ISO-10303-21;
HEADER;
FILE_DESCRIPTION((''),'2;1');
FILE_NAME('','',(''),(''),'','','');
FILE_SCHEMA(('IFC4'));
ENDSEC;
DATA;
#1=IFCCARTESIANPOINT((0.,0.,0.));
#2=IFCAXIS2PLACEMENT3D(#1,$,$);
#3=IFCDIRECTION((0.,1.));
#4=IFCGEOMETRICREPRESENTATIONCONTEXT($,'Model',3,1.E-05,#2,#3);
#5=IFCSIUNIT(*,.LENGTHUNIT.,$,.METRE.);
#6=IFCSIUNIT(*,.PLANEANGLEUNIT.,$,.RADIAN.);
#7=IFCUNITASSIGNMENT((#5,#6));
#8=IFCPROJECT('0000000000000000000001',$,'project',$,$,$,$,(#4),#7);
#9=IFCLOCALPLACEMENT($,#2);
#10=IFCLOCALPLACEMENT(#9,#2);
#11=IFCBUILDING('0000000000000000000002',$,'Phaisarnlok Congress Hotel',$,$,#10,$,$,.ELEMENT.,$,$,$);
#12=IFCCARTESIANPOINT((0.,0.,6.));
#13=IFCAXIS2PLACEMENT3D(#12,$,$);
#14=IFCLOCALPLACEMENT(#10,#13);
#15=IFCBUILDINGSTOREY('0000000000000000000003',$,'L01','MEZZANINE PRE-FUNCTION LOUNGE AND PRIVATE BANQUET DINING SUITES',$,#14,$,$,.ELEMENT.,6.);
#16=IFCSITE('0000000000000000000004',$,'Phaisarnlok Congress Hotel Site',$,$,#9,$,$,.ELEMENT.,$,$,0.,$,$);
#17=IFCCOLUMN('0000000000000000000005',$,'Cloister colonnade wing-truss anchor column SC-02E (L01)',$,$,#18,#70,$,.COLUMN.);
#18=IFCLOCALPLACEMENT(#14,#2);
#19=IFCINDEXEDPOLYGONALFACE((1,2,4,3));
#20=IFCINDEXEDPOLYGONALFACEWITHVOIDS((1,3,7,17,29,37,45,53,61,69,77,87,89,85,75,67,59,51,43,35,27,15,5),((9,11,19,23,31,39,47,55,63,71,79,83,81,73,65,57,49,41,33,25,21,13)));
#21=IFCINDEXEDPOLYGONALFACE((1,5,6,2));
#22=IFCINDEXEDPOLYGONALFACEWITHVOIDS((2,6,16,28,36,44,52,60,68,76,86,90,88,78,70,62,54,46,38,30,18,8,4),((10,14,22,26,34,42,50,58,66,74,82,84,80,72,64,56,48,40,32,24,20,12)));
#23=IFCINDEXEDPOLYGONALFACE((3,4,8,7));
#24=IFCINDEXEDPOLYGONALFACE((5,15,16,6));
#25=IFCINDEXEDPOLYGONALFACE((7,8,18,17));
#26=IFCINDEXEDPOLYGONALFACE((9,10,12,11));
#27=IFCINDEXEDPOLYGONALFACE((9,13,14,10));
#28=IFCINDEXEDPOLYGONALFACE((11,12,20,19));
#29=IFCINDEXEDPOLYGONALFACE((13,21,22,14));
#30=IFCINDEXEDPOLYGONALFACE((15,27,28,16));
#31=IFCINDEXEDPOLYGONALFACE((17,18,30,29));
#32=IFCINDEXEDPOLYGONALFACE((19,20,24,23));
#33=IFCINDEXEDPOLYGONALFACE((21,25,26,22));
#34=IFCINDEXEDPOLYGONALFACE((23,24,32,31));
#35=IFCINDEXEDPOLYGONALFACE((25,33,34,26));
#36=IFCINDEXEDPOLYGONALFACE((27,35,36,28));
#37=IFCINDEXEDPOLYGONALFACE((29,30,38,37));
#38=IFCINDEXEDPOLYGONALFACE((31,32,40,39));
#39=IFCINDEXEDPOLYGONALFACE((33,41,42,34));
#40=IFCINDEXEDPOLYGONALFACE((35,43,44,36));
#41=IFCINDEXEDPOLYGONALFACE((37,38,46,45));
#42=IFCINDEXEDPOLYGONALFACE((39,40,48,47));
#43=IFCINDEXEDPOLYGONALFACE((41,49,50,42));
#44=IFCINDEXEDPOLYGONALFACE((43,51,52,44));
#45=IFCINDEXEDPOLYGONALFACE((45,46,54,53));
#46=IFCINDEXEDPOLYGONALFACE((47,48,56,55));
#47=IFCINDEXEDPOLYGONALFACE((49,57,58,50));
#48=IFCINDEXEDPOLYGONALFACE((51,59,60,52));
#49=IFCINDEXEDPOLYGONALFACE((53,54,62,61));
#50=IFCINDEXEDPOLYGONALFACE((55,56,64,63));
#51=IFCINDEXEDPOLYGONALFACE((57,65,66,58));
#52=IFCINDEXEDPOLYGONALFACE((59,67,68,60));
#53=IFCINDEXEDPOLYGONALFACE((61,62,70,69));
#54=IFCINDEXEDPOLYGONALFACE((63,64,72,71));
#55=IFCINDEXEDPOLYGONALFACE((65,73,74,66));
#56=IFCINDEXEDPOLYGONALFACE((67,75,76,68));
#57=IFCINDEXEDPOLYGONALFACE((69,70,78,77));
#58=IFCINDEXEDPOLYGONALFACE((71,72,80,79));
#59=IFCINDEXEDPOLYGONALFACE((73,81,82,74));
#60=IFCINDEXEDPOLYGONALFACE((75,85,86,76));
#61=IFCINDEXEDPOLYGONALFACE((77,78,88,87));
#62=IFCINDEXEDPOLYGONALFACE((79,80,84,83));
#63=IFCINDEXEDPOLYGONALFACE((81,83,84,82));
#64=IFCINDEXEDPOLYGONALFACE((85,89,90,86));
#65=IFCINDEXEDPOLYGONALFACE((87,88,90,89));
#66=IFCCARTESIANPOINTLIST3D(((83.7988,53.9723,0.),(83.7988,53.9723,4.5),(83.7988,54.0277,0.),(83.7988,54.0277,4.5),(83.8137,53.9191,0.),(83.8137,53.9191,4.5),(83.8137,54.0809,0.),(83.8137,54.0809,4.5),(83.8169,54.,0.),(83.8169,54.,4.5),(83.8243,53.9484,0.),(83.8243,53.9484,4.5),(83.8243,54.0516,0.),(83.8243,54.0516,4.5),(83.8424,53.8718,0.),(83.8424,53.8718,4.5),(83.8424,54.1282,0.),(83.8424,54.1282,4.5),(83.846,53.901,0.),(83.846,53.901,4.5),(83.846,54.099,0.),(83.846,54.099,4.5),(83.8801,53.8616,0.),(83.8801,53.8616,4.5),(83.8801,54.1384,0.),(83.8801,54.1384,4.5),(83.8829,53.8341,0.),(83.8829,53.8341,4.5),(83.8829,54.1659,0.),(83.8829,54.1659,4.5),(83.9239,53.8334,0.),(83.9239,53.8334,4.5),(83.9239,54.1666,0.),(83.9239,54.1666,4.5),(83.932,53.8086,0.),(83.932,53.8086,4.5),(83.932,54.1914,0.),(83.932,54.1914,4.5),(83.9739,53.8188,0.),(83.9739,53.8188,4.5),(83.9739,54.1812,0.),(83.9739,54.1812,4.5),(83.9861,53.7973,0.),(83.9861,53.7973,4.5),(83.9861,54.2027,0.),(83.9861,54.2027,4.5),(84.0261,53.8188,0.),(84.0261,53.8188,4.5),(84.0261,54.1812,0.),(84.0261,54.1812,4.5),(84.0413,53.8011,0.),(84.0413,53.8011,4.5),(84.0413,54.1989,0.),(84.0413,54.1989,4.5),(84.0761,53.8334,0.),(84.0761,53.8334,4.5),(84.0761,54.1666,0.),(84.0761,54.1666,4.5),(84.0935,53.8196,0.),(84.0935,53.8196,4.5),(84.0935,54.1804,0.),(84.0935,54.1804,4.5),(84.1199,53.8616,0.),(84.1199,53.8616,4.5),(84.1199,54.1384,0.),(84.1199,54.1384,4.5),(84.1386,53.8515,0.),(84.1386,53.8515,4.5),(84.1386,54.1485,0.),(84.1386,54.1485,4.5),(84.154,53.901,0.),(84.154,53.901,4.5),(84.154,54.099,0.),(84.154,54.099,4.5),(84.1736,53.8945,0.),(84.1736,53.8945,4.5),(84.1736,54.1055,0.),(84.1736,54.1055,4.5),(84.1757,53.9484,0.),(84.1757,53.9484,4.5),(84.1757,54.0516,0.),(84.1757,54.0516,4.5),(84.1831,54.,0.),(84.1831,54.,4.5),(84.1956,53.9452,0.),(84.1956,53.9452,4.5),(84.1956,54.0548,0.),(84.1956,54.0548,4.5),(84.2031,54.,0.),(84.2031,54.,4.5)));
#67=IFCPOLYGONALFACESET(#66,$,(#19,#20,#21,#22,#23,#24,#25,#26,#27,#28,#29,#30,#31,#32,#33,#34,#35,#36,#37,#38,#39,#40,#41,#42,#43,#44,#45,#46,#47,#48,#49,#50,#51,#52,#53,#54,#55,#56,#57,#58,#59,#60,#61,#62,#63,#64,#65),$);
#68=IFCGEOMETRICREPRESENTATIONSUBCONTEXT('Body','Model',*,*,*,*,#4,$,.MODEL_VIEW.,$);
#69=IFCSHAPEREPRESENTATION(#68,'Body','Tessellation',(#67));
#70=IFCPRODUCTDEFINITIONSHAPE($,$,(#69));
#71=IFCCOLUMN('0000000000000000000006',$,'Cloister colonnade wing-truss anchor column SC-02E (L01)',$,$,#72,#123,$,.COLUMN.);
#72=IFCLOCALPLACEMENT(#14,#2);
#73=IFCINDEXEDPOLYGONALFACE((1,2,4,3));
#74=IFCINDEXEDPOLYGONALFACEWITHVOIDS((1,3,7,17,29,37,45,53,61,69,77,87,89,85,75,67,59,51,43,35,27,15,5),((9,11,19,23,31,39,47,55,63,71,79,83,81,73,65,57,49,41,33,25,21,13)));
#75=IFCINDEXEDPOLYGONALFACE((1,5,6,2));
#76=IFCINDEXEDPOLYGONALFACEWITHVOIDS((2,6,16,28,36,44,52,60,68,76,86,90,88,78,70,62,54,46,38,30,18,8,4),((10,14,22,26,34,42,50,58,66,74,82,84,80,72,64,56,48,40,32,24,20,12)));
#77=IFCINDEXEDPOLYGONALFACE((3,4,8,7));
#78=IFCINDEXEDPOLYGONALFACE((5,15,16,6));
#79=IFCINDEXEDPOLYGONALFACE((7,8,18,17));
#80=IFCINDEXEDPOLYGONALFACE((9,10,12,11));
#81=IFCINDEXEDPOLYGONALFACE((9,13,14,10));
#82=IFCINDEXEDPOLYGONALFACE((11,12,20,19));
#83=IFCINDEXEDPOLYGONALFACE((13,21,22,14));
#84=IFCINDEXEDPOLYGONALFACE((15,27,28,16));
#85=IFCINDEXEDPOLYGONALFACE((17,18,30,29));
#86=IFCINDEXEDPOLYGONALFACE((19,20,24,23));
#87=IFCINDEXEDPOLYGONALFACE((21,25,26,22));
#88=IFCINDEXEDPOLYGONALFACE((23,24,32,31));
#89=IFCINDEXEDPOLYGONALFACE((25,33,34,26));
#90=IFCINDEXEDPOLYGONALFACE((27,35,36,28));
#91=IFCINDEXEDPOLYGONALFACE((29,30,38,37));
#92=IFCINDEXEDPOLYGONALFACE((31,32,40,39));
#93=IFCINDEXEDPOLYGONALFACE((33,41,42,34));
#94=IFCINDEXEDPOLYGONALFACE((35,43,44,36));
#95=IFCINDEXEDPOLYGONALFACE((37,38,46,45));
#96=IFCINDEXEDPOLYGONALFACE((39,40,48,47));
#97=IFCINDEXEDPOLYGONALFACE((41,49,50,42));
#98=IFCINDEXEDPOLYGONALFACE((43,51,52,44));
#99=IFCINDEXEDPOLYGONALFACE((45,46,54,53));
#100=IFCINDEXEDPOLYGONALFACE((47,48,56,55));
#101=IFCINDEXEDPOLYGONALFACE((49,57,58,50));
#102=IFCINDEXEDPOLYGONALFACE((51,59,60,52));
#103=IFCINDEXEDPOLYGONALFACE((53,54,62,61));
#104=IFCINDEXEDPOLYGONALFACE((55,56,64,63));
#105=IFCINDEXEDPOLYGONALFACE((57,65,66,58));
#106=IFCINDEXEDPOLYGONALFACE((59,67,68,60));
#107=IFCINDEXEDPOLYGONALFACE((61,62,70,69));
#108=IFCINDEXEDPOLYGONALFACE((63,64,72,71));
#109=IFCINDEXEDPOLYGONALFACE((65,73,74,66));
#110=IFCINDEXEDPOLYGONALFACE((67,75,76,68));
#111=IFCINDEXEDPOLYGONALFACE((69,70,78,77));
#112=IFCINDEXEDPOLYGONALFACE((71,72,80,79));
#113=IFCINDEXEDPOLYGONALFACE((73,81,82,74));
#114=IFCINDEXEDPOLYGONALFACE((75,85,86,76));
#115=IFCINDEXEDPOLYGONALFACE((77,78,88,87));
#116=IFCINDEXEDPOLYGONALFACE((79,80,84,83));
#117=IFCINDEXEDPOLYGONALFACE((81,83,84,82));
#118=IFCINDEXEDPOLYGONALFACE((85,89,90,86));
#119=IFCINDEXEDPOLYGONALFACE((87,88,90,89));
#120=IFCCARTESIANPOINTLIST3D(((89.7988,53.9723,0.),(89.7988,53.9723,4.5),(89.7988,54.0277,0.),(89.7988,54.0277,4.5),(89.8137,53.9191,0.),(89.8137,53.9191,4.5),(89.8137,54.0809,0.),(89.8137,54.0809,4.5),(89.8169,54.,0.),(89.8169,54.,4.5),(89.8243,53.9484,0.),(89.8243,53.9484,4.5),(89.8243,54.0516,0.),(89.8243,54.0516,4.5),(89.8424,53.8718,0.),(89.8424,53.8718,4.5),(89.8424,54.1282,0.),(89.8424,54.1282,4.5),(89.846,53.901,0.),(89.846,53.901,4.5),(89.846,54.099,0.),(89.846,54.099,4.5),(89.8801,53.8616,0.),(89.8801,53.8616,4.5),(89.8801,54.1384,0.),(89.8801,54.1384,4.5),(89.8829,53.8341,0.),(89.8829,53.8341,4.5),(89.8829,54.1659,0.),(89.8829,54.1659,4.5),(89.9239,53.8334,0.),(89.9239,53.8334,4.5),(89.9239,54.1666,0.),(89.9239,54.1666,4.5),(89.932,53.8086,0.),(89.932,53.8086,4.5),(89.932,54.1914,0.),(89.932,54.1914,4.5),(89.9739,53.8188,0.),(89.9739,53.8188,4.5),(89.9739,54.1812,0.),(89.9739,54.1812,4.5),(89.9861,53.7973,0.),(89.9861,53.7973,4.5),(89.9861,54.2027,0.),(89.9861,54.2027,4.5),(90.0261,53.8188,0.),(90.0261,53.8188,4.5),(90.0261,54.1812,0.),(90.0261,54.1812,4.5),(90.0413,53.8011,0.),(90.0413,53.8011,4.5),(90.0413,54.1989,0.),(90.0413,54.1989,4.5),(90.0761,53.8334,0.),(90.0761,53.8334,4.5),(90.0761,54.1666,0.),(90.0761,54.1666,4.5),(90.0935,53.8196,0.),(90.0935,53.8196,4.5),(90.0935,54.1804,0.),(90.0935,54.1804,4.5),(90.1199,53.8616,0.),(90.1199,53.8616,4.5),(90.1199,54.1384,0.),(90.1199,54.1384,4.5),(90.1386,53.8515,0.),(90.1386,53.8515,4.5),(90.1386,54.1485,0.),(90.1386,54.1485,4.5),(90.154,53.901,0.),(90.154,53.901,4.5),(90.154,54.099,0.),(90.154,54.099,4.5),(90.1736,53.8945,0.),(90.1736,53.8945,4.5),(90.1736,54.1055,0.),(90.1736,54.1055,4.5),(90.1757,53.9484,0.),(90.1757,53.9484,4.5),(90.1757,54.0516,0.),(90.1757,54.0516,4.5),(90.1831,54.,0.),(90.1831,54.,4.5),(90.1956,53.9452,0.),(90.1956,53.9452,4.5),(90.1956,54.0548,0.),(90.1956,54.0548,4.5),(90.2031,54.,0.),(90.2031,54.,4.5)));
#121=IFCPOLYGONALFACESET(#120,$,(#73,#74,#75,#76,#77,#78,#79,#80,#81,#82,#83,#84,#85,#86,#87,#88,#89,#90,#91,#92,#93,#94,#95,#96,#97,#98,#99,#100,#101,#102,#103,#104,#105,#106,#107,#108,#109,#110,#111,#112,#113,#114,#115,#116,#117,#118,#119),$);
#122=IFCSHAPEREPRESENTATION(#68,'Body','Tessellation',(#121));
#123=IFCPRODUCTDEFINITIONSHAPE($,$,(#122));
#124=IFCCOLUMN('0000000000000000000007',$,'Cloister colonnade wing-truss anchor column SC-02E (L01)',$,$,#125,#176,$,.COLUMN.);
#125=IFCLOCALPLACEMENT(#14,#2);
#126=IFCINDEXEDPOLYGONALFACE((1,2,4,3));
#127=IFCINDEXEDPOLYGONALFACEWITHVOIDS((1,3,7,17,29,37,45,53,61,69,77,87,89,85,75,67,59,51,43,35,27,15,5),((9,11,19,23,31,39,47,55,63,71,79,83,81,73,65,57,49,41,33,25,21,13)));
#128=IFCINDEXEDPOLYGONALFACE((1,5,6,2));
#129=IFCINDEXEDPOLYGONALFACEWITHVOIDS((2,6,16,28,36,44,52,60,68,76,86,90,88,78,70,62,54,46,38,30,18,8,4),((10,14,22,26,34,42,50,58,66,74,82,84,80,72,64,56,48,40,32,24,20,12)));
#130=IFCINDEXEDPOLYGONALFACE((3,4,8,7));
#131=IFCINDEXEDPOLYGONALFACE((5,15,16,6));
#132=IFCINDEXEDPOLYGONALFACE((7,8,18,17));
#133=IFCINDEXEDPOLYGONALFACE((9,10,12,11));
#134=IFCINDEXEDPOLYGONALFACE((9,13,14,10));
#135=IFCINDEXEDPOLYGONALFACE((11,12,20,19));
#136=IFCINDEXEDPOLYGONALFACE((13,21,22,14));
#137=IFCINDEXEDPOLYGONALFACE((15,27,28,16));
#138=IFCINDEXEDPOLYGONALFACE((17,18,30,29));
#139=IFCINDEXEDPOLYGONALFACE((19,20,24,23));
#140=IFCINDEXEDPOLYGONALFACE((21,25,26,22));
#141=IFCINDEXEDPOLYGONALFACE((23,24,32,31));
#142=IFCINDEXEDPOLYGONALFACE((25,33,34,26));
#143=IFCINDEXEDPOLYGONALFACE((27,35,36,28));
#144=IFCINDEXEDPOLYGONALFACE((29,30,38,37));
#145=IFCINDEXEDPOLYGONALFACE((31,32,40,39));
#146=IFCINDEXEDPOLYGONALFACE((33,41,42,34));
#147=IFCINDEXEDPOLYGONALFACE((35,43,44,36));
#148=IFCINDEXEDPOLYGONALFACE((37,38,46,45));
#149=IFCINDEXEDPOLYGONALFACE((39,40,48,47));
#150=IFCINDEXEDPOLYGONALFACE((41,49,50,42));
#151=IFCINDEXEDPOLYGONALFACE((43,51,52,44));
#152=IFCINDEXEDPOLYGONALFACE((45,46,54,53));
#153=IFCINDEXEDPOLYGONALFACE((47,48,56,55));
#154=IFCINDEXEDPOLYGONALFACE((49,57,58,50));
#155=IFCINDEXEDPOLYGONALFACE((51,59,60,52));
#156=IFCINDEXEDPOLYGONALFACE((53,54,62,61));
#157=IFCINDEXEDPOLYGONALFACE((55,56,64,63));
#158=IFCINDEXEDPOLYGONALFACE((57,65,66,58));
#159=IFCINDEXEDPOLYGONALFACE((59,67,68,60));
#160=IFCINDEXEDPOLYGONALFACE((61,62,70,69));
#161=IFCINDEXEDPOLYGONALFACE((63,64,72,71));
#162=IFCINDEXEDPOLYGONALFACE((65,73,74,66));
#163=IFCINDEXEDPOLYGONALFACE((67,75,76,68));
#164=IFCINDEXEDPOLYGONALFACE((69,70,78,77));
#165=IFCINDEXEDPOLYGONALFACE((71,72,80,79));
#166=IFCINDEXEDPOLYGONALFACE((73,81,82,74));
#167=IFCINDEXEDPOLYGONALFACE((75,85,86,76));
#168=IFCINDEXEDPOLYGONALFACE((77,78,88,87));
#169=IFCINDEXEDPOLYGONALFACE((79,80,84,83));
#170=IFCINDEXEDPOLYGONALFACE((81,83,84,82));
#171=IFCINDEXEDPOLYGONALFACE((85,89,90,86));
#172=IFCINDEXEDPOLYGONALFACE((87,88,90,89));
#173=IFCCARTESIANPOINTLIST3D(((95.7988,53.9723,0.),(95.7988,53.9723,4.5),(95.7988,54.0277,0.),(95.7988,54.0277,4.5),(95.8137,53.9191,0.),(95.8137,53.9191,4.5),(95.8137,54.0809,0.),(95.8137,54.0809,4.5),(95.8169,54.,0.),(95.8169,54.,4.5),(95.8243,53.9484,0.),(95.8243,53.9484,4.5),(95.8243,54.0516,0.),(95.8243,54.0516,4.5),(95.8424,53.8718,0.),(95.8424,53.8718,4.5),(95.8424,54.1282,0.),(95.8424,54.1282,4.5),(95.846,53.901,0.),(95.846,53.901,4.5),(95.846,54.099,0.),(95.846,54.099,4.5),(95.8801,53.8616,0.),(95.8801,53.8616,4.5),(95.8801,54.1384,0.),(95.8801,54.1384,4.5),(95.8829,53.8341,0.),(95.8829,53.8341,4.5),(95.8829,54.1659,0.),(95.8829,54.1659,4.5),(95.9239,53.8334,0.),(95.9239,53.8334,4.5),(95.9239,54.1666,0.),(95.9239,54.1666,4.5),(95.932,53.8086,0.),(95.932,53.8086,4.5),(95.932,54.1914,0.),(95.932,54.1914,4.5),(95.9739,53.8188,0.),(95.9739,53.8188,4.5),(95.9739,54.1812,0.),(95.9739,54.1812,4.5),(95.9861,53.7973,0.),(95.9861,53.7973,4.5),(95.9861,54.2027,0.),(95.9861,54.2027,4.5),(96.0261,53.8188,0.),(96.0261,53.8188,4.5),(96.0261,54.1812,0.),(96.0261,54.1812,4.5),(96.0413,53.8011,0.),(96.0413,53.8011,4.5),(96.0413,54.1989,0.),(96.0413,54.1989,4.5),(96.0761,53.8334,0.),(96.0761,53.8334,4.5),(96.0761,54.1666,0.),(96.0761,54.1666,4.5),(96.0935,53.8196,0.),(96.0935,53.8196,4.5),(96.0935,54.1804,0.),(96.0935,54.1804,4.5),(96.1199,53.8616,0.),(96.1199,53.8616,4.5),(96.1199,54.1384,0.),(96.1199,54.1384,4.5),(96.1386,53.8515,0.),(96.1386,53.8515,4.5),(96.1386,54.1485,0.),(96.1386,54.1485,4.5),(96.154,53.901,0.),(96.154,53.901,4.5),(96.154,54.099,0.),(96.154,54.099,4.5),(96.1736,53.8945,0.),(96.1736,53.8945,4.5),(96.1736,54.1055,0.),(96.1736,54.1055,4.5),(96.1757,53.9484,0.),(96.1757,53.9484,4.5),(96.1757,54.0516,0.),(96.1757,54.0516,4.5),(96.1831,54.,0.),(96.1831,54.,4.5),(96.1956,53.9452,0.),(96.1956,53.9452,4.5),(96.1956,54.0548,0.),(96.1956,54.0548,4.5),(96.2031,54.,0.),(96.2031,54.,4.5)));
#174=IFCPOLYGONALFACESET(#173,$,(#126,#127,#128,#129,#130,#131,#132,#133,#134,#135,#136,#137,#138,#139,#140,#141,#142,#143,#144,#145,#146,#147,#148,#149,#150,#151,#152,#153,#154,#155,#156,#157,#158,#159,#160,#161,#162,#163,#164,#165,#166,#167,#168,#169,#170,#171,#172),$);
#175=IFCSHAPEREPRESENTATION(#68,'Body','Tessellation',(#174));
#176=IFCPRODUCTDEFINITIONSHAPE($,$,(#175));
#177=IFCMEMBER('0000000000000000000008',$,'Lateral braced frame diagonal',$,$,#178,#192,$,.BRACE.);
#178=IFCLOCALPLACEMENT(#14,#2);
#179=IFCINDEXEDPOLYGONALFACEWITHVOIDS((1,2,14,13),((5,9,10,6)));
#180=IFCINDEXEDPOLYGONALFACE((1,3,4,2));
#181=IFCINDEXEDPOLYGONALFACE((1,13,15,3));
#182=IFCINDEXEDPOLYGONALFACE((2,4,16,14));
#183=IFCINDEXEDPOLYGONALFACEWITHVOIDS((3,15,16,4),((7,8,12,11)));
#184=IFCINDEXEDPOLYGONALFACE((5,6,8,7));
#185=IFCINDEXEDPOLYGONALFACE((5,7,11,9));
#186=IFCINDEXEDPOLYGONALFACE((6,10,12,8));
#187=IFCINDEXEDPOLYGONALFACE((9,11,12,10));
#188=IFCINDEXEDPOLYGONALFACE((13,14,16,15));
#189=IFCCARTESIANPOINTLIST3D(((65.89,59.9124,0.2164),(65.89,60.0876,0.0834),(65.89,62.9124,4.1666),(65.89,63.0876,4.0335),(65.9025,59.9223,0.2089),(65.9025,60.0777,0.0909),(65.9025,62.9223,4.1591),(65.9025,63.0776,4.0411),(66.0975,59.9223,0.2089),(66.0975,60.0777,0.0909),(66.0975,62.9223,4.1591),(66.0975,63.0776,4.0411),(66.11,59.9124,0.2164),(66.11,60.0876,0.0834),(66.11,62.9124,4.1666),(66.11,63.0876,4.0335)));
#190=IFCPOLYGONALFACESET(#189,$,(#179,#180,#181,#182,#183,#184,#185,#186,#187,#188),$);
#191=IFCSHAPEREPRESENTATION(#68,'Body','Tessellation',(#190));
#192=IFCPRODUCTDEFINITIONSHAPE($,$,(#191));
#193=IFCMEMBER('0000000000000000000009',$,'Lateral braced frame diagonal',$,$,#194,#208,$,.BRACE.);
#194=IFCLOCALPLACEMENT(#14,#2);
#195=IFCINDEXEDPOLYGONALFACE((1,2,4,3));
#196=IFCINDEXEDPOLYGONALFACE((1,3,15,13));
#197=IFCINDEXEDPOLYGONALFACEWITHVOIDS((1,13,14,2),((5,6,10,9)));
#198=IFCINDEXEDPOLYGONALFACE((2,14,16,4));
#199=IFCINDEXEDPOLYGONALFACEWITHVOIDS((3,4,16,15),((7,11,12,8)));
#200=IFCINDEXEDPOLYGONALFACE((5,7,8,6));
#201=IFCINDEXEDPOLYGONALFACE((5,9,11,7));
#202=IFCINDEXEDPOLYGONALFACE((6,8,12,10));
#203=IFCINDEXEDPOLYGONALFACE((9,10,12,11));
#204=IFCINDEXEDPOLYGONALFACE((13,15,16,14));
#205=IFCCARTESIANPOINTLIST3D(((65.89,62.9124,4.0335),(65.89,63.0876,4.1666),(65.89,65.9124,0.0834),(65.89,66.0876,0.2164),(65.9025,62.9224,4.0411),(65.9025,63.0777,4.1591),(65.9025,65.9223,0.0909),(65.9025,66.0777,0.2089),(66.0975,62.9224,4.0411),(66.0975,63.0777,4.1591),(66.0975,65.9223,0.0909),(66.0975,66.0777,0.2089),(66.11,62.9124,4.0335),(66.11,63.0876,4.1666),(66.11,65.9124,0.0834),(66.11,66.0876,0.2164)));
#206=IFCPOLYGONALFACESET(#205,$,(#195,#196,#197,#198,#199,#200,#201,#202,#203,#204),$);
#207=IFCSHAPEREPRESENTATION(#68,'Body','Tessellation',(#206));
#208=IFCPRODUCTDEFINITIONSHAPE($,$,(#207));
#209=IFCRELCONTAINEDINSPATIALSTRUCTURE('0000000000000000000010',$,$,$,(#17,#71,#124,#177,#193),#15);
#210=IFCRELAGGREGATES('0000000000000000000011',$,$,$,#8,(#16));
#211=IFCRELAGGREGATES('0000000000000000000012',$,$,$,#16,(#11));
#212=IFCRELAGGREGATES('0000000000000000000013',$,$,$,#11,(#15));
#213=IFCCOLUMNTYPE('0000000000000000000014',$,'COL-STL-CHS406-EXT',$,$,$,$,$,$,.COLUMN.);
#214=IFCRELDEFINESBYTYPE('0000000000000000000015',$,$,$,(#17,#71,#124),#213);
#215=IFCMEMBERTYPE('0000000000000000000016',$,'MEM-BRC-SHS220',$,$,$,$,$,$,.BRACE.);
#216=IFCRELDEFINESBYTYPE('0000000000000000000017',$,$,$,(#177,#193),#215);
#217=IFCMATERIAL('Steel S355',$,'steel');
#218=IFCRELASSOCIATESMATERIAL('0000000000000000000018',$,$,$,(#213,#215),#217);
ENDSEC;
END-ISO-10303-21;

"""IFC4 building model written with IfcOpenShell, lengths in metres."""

from ifc_helpers import new_model, si_unit, direction, frame, origin, origin_2d, place, context, subcontext, project, spatial, hollow_rectangle, hollow_circle, extrude, material, material_profile, profile_set, type_object, element, save


model = new_model("IFC4")

# Units and contexts
model_context = context("Model", 3, precision=1e-05, world=origin(), true_north=direction((0.0, 1.0)))
body_context = subcontext(model_context, "Body", "Model", "MODEL_VIEW")
ifc_project = project(units=[si_unit("LENGTHUNIT", "METRE"), si_unit("PLANEANGLEUNIT", "RADIAN")], contexts=[model_context])

# Site, building, storey
site_placement = place(None, origin())
site = spatial("IfcSite", under=ifc_project, at=site_placement, Name="Phaisarnlok Congress Hotel Site", CompositionType="ELEMENT", RefElevation=0.0)
building_placement = place(site_placement, origin())
building = spatial("IfcBuilding", under=site, at=building_placement, Name="Phaisarnlok Congress Hotel", CompositionType="ELEMENT")
storey_placement = place(building_placement, frame((0.0, 0.0, 6.0)))
storey = spatial("IfcBuildingStorey", under=building, at=storey_placement, Name="L01", Description="MEZZANINE PRE-FUNCTION LOUNGE AND PRIVATE BANQUET DINING SUITES", CompositionType="ELEMENT", Elevation=6.0)

# Columns
ifc_material_1 = material(Name="Steel S355", Category="steel")
ifc_material_profile_1 = material_profile(ifc_material_1, hollow_circle(Radius=0.2031, WallThickness=0.02, at=origin_2d()), Name="CHS 406.4x20")
ifc_profile_set_1 = profile_set([ifc_material_profile_1], Name="Steel S355")
column_type_1 = type_object("IfcColumnType", Name="COL-STL-CHS406-EXT", PredefinedType="COLUMN", material=ifc_profile_set_1)
for number, where, z_axis, x_axis, name in (
    (1, (84.0, 54.0, 0.0), (0.0, 0.0, 1.0), (1.0, 0.0, 0.0), "Cloister colonnade wing-truss anchor column SC-02E (L01)"),
    (2, (90.0, 54.0, 0.0), (0.0, 0.0, 1.0), (1.0, 0.0, 0.0), "Cloister colonnade wing-truss anchor column SC-02E (L01)"),
    (3, (96.0, 54.0, 0.0), (0.0, 0.0, 1.0), (1.0, 0.0, 0.0), "Cloister colonnade wing-truss anchor column SC-02E (L01)"),
):
    element("IfcColumn", number, at=place(storey_placement, frame(where, z_axis=z_axis, x_axis=x_axis)), inside=storey, type_object=column_type_1, Name=name, PredefinedType="COLUMN", context=body_context, shape_type="SweptSolid", body=[
        extrude(hollow_circle(Radius=0.2031, WallThickness=0.02, at=origin_2d()), origin(), (0.0, 0.0, 1.0), 4.5),
    ])

# Members
ifc_material_profile_2 = material_profile(ifc_material_1, hollow_rectangle(XDim=0.22, YDim=0.22, WallThickness=0.0125, at=origin_2d()), Name="SHS 220x220x12.5")
ifc_profile_set_2 = profile_set([ifc_material_profile_2], Name="Steel S355")
member_type = type_object("IfcMemberType", Name="MEM-BRC-SHS220", PredefinedType="BRACE", material=ifc_profile_set_2)
for number, where, z_axis, x_axis, name in (
    (4, (66.0, 60.0, 0.1499), (0.0, 0.604809, 0.796371), (-1.0, 0.0, 0.0), "Lateral braced frame diagonal"),
    (5, (66.0, 66.0, 0.1499), (0.0, -0.604809, 0.796371), (1.0, 0.0, 0.0), "Lateral braced frame diagonal"),
):
    element("IfcMember", number, at=place(storey_placement, frame(where, z_axis=z_axis, x_axis=x_axis)), inside=storey, type_object=member_type, Name=name, PredefinedType="BRACE", context=body_context, shape_type="SweptSolid", body=[
        extrude(hollow_rectangle(XDim=0.22, YDim=0.22, WallThickness=0.0125, at=origin_2d()), origin(), (0.0, 0.0, 1.0), 4.9602),
    ])

save(model, "model.ifc")
